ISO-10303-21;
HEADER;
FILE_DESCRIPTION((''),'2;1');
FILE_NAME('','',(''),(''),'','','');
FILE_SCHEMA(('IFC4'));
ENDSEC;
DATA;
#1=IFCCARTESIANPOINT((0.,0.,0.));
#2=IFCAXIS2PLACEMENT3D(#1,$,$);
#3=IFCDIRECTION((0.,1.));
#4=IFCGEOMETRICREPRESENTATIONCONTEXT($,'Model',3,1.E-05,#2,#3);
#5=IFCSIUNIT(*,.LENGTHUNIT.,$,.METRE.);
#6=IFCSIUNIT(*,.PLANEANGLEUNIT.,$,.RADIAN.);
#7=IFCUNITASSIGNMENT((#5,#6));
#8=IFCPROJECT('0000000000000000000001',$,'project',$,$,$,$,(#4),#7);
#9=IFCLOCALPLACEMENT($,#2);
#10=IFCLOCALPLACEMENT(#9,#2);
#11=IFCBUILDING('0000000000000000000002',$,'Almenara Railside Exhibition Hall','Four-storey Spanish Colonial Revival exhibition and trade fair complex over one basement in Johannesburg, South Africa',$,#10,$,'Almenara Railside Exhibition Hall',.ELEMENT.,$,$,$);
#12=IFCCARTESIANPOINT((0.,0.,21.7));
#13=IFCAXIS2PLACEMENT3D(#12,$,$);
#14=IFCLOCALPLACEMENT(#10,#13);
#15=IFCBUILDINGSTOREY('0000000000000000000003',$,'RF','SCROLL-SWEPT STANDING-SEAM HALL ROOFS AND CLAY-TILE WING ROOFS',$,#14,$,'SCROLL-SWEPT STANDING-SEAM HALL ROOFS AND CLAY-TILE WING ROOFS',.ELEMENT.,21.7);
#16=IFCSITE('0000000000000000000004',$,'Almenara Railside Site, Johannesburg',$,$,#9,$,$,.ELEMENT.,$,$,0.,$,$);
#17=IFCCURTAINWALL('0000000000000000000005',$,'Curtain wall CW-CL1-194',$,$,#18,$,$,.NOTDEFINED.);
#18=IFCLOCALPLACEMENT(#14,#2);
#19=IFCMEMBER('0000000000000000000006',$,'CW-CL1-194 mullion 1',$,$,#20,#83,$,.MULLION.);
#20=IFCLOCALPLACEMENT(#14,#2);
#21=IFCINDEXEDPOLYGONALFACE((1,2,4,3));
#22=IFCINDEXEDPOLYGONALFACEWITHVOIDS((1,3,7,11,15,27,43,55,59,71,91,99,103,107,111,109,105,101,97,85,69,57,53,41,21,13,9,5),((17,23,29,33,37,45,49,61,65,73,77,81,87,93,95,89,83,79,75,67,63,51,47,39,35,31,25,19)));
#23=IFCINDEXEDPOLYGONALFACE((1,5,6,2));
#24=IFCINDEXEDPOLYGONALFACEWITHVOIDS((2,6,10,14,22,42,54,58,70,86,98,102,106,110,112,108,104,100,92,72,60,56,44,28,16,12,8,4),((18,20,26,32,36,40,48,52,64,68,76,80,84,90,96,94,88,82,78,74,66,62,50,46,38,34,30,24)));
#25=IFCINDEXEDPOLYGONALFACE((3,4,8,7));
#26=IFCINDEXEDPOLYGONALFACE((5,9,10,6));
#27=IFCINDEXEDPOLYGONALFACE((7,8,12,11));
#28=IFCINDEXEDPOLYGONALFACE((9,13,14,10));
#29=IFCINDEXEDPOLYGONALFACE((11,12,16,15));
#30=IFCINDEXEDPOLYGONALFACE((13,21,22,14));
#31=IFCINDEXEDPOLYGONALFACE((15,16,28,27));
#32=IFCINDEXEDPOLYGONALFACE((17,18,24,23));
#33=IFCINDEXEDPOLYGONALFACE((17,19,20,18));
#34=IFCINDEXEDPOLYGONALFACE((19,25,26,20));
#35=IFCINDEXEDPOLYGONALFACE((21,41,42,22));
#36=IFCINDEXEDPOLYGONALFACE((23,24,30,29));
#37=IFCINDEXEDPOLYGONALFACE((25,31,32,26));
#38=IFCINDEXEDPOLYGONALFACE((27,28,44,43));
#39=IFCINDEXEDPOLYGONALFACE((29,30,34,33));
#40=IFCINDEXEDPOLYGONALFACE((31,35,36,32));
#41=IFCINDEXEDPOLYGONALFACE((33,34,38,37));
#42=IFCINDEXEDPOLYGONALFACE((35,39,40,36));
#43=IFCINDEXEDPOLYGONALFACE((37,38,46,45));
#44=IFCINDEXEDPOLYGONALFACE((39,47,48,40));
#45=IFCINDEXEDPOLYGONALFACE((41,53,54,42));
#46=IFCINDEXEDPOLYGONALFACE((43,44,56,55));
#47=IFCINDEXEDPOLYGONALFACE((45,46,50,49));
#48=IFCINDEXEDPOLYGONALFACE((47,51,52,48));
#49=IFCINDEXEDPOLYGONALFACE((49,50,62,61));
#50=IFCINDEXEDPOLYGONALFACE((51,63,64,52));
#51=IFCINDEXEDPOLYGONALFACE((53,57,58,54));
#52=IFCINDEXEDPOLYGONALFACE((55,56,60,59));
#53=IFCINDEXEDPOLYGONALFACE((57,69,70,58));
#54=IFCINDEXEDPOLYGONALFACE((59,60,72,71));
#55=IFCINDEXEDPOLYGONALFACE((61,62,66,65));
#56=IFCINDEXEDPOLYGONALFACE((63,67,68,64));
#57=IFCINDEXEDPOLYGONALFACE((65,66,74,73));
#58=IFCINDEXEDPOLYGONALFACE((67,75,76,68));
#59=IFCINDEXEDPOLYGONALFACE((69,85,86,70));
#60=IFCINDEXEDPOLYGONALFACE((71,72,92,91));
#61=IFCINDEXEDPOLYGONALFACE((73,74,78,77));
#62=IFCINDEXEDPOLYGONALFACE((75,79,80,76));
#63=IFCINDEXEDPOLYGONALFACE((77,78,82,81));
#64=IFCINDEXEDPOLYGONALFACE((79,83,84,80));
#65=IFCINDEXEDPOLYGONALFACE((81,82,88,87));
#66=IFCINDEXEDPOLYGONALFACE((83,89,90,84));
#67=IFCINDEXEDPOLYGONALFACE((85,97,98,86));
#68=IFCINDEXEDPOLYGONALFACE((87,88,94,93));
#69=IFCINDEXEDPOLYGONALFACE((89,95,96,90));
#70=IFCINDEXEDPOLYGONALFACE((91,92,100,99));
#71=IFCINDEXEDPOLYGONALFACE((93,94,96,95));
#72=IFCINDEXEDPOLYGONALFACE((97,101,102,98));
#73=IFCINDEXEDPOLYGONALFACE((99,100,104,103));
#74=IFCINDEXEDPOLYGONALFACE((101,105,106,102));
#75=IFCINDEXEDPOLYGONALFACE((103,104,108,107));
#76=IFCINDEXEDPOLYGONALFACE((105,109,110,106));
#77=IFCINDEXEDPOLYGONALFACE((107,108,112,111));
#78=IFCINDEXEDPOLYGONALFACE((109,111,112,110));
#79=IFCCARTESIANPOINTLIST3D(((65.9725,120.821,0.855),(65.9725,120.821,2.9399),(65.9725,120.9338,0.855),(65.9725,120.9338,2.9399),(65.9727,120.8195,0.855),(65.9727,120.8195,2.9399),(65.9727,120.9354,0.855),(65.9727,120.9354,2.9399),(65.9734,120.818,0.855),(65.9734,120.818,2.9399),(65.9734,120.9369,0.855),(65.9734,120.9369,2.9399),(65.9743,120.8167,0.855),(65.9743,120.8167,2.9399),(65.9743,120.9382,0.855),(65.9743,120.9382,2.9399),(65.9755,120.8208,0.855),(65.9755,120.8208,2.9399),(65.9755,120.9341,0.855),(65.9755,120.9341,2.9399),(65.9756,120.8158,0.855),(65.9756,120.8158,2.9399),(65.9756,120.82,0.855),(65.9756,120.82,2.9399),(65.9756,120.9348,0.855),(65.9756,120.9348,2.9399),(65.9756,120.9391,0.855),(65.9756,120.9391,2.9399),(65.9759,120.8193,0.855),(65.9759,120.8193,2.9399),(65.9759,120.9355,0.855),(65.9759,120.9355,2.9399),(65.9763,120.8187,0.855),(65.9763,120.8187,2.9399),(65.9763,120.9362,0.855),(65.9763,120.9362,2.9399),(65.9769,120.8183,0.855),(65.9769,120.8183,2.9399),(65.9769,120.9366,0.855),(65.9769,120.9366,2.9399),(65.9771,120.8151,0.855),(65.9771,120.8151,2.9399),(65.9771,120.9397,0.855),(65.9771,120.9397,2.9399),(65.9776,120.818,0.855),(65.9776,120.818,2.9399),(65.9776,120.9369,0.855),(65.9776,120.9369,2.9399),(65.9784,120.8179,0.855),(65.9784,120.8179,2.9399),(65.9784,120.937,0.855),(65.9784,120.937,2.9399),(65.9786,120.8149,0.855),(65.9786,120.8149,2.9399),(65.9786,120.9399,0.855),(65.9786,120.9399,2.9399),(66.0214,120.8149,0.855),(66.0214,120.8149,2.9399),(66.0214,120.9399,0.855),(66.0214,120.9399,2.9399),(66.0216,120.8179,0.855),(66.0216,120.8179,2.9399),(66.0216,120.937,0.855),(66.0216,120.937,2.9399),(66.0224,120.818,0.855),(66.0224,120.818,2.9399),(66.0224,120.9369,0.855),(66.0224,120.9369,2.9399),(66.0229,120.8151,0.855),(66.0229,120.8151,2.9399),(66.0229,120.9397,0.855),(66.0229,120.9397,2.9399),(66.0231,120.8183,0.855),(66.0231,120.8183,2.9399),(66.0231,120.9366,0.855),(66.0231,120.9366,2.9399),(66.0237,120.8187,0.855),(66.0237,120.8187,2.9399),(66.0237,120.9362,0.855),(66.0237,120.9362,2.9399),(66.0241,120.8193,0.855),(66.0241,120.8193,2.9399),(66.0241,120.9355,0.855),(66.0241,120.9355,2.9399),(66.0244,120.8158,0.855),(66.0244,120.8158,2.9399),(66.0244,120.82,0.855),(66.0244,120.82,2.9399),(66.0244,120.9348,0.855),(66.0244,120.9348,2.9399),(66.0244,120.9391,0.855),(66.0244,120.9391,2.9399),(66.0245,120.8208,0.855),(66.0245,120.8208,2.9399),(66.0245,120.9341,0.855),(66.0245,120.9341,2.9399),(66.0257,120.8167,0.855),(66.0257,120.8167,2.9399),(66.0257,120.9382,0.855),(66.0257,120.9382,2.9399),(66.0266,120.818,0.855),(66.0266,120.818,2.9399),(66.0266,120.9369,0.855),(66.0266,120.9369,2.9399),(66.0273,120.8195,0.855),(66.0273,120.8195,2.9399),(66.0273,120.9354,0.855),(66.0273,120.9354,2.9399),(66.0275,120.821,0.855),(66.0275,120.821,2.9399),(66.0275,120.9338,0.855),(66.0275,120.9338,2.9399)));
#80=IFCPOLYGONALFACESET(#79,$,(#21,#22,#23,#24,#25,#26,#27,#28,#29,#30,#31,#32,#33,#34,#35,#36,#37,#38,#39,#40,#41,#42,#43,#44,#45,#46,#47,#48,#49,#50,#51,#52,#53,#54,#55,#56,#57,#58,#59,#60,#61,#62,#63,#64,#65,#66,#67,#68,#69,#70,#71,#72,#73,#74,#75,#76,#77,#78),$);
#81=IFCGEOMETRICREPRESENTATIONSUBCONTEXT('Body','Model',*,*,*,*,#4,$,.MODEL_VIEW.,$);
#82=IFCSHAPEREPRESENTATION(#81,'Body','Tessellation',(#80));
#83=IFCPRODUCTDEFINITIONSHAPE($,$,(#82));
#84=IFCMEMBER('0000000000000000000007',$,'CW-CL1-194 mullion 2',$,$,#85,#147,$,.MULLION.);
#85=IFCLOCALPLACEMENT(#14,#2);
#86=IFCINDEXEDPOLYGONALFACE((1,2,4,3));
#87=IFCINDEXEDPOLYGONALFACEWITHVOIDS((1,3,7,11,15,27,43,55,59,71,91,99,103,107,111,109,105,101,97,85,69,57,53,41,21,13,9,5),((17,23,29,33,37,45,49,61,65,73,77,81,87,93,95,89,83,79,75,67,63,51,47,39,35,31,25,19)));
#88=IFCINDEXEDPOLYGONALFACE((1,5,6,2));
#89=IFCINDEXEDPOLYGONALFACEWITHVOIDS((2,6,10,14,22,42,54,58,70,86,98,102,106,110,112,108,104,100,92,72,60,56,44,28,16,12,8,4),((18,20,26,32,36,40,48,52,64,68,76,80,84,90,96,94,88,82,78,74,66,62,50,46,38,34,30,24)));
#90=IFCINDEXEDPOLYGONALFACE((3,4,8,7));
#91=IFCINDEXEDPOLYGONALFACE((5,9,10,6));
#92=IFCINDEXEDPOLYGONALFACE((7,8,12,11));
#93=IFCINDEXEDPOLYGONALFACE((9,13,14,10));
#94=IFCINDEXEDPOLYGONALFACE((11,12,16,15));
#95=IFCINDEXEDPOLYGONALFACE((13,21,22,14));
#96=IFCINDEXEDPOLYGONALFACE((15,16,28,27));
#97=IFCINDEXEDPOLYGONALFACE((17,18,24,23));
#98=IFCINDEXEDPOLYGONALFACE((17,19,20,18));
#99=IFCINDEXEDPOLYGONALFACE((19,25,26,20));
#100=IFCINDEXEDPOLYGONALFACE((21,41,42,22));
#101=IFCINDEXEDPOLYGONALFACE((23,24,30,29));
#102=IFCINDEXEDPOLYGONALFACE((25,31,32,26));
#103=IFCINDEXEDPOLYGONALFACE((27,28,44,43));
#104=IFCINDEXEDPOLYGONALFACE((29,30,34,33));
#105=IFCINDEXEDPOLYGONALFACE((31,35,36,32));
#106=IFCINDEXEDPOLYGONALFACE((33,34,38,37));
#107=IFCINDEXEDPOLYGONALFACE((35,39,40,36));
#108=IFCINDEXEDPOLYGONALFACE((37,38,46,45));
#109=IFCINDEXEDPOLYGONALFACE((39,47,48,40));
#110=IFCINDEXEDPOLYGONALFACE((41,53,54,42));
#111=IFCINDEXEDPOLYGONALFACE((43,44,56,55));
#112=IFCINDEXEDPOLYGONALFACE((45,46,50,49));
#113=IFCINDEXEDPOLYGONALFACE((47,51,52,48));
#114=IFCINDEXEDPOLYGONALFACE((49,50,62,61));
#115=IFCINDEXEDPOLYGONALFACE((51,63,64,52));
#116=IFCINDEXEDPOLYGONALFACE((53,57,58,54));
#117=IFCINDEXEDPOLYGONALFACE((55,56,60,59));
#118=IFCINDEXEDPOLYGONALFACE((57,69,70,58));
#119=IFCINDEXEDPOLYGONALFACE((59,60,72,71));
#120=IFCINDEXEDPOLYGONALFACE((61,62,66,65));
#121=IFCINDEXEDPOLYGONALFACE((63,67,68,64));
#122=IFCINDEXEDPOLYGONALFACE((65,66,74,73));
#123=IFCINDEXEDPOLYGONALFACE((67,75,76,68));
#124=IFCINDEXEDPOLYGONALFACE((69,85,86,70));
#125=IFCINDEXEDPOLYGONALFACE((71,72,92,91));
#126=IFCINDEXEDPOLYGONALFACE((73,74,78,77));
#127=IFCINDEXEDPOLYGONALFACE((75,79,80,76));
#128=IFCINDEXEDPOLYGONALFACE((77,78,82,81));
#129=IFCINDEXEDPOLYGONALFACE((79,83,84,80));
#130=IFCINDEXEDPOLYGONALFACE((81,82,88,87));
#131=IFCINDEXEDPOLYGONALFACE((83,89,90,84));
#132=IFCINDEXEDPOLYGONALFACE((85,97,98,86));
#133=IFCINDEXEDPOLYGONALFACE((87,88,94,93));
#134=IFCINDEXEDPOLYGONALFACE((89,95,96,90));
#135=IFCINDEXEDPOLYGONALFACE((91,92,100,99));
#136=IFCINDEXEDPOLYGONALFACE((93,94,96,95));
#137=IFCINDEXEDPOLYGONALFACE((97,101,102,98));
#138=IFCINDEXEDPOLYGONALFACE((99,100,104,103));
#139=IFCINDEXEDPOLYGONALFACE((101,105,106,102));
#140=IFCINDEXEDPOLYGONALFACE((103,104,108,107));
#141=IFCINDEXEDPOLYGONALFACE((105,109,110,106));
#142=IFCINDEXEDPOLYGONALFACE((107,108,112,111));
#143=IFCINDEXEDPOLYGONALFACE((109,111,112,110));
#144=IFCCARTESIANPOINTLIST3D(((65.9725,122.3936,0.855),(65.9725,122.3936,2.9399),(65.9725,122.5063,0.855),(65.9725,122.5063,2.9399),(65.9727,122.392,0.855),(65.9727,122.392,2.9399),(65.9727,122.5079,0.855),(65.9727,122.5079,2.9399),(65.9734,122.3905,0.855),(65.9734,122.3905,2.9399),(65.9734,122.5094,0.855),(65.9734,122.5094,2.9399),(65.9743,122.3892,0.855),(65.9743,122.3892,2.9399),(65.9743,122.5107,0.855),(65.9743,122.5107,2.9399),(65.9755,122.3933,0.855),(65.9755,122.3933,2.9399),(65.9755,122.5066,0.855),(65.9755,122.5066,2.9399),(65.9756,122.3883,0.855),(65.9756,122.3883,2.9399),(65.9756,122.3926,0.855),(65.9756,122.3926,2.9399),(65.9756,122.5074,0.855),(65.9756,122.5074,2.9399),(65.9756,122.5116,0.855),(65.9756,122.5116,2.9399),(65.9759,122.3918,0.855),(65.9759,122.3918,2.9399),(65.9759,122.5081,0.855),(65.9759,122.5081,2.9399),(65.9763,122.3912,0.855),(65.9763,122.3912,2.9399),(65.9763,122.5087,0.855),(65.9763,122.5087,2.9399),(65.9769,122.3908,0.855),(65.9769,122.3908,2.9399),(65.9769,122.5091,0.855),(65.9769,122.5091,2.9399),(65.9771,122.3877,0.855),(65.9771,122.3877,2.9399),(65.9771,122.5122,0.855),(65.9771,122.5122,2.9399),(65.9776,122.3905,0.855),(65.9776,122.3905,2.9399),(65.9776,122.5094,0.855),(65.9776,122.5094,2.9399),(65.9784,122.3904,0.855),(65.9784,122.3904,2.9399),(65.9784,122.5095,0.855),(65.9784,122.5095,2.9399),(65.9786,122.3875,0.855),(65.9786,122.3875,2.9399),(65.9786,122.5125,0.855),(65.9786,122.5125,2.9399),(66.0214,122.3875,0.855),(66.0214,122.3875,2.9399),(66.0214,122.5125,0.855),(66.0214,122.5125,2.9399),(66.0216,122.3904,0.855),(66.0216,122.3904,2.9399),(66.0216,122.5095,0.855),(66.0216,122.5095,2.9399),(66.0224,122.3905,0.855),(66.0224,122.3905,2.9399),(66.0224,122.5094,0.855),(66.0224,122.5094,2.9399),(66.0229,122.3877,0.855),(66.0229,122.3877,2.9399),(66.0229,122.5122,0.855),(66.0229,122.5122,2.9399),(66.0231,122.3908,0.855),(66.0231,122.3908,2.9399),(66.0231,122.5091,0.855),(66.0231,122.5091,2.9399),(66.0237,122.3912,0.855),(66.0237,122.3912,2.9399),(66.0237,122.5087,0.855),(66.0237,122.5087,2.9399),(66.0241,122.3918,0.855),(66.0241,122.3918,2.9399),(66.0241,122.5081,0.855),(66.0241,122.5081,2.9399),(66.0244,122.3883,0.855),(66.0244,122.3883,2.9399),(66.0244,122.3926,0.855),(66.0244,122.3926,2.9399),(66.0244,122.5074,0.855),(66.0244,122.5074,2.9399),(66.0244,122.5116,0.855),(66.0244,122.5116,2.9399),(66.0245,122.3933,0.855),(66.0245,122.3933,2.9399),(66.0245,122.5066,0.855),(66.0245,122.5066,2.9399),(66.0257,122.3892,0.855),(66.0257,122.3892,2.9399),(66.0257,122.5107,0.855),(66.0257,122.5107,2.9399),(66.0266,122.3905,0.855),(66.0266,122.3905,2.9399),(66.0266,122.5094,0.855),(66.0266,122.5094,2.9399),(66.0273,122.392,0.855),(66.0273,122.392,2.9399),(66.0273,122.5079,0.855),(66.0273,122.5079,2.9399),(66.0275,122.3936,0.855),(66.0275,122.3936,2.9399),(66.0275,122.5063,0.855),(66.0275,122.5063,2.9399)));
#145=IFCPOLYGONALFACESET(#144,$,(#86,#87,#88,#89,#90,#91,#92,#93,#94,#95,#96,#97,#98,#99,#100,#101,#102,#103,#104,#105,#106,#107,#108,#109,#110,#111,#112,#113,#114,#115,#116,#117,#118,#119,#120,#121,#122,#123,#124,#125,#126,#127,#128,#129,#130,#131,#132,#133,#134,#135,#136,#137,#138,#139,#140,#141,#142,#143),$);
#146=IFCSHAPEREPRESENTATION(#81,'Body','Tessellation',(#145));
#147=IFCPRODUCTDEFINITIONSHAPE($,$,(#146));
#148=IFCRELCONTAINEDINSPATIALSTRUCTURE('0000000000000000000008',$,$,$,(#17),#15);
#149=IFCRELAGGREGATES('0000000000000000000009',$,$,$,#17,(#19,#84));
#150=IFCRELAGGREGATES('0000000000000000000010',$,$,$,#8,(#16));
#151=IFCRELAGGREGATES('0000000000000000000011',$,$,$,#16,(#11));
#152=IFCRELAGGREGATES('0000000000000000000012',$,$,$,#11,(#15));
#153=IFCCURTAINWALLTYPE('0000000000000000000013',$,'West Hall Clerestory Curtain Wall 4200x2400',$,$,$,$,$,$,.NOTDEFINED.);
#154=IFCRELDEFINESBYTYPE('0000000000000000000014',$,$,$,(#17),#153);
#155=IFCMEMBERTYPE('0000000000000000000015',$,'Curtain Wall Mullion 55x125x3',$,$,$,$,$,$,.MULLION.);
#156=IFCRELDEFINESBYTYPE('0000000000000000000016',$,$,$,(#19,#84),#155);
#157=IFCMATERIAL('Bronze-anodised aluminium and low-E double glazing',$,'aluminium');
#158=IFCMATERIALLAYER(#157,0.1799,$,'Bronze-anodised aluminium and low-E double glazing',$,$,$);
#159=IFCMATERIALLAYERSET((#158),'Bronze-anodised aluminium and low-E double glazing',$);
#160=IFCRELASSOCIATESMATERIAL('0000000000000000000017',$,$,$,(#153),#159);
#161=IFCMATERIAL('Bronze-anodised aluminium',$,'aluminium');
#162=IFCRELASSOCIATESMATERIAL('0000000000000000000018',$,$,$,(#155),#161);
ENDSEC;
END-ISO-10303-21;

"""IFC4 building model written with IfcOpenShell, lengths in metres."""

from ifc_helpers import new_model, si_unit, direction, frame, origin, origin_2d, place, context, subcontext, project, spatial, hollow_rectangle, extrude, material, layer, layer_set, material_profile, profile_set, type_object, element, aggregate, save


model = new_model("IFC4")

# Units and contexts
model_context = context("Model", 3, precision=1e-05, world=origin(), true_north=direction((0.0, 1.0)))
body_context = subcontext(model_context, "Body", "Model", "MODEL_VIEW")
ifc_project = project(units=[si_unit("LENGTHUNIT", "METRE"), si_unit("PLANEANGLEUNIT", "RADIAN")], contexts=[model_context])

# Site, building, storey
site_placement = place(None, origin())
site = spatial("IfcSite", under=ifc_project, at=site_placement, Name="Almenara Railside Site, Johannesburg", CompositionType="ELEMENT", RefElevation=0.0)
building_placement = place(site_placement, origin())
building = spatial("IfcBuilding", under=site, at=building_placement, Name="Almenara Railside Exhibition Hall", Description="Four-storey Spanish Colonial Revival exhibition and trade fair complex over one basement in Johannesburg, South Africa", LongName="Almenara Railside Exhibition Hall", CompositionType="ELEMENT")
storey_placement = place(building_placement, frame((0.0, 0.0, 21.7)))
storey = spatial("IfcBuildingStorey", under=building, at=storey_placement, Name="RF", Description="SCROLL-SWEPT STANDING-SEAM HALL ROOFS AND CLAY-TILE WING ROOFS", LongName="SCROLL-SWEPT STANDING-SEAM HALL ROOFS AND CLAY-TILE WING ROOFS", CompositionType="ELEMENT", Elevation=21.7)

# Curtain wall, members
ifc_material_1 = material(Name="Bronze-anodised aluminium and low-E double glazing", Category="aluminium")
ifc_layer_1 = layer(ifc_material_1, 0.1799, Name="Bronze-anodised aluminium and low-E double glazing")
ifc_layer_set_1 = layer_set([ifc_layer_1], Name="Bronze-anodised aluminium and low-E double glazing")
curtain_wall_type = type_object("IfcCurtainWallType", Name="West Hall Clerestory Curtain Wall 4200x2400", PredefinedType="NOTDEFINED", material=ifc_layer_set_1)
curtain_wall_1_placement = place(storey_placement, origin())
curtain_wall_1 = element("IfcCurtainWall", 1, at=curtain_wall_1_placement, inside=storey, type_object=curtain_wall_type, Name="Curtain wall CW-CL1-194", PredefinedType="NOTDEFINED")
ifc_material_2 = material(Name="Bronze-anodised aluminium", Category="aluminium")
ifc_material_profile_1 = material_profile(ifc_material_2, hollow_rectangle(XDim=0.0549, YDim=0.125, WallThickness=0.0029, InnerFilletRadius=0.0029, OuterFilletRadius=0.0061, at=origin_2d()), Name="ALU-MUL 55x125x3")
ifc_profile_set_1 = profile_set([ifc_material_profile_1], Name="Bronze-anodised aluminium")
member_type_1 = type_object("IfcMemberType", Name="Curtain Wall Mullion 55x125x3", PredefinedType="MULLION", material=ifc_profile_set_1)
member_1_placement = place(storey_placement, frame((66.0, 120.8774, 0.855), z_axis=(0.0, 0.0, 1.0), x_axis=(-1.0, 0.0, 0.0)))
member_1 = element("IfcMember", 2, at=member_1_placement, type_object=member_type_1, Name="CW-CL1-194 mullion 1", PredefinedType="MULLION", context=body_context, shape_type="SweptSolid", body=[
    extrude(hollow_rectangle(XDim=0.0549, YDim=0.125, WallThickness=0.0029, InnerFilletRadius=0.0029, OuterFilletRadius=0.0061, at=origin_2d()), origin(), (0.0, 0.0, 1.0), 2.085),
])
member_2_placement = place(storey_placement, frame((66.0, 122.45, 0.855), z_axis=(0.0, 0.0, 1.0), x_axis=(-1.0, 0.0, 0.0)))
member_2 = element("IfcMember", 3, at=member_2_placement, type_object=member_type_1, Name="CW-CL1-194 mullion 2", PredefinedType="MULLION", context=body_context, shape_type="SweptSolid", body=[
    extrude(hollow_rectangle(XDim=0.0549, YDim=0.125, WallThickness=0.0029, InnerFilletRadius=0.0029, OuterFilletRadius=0.0061, at=origin_2d()), origin(), (0.0, 0.0, 1.0), 2.085),
])

aggregate(curtain_wall_1, [member_1, member_2])

save(model, "model.ifc")
